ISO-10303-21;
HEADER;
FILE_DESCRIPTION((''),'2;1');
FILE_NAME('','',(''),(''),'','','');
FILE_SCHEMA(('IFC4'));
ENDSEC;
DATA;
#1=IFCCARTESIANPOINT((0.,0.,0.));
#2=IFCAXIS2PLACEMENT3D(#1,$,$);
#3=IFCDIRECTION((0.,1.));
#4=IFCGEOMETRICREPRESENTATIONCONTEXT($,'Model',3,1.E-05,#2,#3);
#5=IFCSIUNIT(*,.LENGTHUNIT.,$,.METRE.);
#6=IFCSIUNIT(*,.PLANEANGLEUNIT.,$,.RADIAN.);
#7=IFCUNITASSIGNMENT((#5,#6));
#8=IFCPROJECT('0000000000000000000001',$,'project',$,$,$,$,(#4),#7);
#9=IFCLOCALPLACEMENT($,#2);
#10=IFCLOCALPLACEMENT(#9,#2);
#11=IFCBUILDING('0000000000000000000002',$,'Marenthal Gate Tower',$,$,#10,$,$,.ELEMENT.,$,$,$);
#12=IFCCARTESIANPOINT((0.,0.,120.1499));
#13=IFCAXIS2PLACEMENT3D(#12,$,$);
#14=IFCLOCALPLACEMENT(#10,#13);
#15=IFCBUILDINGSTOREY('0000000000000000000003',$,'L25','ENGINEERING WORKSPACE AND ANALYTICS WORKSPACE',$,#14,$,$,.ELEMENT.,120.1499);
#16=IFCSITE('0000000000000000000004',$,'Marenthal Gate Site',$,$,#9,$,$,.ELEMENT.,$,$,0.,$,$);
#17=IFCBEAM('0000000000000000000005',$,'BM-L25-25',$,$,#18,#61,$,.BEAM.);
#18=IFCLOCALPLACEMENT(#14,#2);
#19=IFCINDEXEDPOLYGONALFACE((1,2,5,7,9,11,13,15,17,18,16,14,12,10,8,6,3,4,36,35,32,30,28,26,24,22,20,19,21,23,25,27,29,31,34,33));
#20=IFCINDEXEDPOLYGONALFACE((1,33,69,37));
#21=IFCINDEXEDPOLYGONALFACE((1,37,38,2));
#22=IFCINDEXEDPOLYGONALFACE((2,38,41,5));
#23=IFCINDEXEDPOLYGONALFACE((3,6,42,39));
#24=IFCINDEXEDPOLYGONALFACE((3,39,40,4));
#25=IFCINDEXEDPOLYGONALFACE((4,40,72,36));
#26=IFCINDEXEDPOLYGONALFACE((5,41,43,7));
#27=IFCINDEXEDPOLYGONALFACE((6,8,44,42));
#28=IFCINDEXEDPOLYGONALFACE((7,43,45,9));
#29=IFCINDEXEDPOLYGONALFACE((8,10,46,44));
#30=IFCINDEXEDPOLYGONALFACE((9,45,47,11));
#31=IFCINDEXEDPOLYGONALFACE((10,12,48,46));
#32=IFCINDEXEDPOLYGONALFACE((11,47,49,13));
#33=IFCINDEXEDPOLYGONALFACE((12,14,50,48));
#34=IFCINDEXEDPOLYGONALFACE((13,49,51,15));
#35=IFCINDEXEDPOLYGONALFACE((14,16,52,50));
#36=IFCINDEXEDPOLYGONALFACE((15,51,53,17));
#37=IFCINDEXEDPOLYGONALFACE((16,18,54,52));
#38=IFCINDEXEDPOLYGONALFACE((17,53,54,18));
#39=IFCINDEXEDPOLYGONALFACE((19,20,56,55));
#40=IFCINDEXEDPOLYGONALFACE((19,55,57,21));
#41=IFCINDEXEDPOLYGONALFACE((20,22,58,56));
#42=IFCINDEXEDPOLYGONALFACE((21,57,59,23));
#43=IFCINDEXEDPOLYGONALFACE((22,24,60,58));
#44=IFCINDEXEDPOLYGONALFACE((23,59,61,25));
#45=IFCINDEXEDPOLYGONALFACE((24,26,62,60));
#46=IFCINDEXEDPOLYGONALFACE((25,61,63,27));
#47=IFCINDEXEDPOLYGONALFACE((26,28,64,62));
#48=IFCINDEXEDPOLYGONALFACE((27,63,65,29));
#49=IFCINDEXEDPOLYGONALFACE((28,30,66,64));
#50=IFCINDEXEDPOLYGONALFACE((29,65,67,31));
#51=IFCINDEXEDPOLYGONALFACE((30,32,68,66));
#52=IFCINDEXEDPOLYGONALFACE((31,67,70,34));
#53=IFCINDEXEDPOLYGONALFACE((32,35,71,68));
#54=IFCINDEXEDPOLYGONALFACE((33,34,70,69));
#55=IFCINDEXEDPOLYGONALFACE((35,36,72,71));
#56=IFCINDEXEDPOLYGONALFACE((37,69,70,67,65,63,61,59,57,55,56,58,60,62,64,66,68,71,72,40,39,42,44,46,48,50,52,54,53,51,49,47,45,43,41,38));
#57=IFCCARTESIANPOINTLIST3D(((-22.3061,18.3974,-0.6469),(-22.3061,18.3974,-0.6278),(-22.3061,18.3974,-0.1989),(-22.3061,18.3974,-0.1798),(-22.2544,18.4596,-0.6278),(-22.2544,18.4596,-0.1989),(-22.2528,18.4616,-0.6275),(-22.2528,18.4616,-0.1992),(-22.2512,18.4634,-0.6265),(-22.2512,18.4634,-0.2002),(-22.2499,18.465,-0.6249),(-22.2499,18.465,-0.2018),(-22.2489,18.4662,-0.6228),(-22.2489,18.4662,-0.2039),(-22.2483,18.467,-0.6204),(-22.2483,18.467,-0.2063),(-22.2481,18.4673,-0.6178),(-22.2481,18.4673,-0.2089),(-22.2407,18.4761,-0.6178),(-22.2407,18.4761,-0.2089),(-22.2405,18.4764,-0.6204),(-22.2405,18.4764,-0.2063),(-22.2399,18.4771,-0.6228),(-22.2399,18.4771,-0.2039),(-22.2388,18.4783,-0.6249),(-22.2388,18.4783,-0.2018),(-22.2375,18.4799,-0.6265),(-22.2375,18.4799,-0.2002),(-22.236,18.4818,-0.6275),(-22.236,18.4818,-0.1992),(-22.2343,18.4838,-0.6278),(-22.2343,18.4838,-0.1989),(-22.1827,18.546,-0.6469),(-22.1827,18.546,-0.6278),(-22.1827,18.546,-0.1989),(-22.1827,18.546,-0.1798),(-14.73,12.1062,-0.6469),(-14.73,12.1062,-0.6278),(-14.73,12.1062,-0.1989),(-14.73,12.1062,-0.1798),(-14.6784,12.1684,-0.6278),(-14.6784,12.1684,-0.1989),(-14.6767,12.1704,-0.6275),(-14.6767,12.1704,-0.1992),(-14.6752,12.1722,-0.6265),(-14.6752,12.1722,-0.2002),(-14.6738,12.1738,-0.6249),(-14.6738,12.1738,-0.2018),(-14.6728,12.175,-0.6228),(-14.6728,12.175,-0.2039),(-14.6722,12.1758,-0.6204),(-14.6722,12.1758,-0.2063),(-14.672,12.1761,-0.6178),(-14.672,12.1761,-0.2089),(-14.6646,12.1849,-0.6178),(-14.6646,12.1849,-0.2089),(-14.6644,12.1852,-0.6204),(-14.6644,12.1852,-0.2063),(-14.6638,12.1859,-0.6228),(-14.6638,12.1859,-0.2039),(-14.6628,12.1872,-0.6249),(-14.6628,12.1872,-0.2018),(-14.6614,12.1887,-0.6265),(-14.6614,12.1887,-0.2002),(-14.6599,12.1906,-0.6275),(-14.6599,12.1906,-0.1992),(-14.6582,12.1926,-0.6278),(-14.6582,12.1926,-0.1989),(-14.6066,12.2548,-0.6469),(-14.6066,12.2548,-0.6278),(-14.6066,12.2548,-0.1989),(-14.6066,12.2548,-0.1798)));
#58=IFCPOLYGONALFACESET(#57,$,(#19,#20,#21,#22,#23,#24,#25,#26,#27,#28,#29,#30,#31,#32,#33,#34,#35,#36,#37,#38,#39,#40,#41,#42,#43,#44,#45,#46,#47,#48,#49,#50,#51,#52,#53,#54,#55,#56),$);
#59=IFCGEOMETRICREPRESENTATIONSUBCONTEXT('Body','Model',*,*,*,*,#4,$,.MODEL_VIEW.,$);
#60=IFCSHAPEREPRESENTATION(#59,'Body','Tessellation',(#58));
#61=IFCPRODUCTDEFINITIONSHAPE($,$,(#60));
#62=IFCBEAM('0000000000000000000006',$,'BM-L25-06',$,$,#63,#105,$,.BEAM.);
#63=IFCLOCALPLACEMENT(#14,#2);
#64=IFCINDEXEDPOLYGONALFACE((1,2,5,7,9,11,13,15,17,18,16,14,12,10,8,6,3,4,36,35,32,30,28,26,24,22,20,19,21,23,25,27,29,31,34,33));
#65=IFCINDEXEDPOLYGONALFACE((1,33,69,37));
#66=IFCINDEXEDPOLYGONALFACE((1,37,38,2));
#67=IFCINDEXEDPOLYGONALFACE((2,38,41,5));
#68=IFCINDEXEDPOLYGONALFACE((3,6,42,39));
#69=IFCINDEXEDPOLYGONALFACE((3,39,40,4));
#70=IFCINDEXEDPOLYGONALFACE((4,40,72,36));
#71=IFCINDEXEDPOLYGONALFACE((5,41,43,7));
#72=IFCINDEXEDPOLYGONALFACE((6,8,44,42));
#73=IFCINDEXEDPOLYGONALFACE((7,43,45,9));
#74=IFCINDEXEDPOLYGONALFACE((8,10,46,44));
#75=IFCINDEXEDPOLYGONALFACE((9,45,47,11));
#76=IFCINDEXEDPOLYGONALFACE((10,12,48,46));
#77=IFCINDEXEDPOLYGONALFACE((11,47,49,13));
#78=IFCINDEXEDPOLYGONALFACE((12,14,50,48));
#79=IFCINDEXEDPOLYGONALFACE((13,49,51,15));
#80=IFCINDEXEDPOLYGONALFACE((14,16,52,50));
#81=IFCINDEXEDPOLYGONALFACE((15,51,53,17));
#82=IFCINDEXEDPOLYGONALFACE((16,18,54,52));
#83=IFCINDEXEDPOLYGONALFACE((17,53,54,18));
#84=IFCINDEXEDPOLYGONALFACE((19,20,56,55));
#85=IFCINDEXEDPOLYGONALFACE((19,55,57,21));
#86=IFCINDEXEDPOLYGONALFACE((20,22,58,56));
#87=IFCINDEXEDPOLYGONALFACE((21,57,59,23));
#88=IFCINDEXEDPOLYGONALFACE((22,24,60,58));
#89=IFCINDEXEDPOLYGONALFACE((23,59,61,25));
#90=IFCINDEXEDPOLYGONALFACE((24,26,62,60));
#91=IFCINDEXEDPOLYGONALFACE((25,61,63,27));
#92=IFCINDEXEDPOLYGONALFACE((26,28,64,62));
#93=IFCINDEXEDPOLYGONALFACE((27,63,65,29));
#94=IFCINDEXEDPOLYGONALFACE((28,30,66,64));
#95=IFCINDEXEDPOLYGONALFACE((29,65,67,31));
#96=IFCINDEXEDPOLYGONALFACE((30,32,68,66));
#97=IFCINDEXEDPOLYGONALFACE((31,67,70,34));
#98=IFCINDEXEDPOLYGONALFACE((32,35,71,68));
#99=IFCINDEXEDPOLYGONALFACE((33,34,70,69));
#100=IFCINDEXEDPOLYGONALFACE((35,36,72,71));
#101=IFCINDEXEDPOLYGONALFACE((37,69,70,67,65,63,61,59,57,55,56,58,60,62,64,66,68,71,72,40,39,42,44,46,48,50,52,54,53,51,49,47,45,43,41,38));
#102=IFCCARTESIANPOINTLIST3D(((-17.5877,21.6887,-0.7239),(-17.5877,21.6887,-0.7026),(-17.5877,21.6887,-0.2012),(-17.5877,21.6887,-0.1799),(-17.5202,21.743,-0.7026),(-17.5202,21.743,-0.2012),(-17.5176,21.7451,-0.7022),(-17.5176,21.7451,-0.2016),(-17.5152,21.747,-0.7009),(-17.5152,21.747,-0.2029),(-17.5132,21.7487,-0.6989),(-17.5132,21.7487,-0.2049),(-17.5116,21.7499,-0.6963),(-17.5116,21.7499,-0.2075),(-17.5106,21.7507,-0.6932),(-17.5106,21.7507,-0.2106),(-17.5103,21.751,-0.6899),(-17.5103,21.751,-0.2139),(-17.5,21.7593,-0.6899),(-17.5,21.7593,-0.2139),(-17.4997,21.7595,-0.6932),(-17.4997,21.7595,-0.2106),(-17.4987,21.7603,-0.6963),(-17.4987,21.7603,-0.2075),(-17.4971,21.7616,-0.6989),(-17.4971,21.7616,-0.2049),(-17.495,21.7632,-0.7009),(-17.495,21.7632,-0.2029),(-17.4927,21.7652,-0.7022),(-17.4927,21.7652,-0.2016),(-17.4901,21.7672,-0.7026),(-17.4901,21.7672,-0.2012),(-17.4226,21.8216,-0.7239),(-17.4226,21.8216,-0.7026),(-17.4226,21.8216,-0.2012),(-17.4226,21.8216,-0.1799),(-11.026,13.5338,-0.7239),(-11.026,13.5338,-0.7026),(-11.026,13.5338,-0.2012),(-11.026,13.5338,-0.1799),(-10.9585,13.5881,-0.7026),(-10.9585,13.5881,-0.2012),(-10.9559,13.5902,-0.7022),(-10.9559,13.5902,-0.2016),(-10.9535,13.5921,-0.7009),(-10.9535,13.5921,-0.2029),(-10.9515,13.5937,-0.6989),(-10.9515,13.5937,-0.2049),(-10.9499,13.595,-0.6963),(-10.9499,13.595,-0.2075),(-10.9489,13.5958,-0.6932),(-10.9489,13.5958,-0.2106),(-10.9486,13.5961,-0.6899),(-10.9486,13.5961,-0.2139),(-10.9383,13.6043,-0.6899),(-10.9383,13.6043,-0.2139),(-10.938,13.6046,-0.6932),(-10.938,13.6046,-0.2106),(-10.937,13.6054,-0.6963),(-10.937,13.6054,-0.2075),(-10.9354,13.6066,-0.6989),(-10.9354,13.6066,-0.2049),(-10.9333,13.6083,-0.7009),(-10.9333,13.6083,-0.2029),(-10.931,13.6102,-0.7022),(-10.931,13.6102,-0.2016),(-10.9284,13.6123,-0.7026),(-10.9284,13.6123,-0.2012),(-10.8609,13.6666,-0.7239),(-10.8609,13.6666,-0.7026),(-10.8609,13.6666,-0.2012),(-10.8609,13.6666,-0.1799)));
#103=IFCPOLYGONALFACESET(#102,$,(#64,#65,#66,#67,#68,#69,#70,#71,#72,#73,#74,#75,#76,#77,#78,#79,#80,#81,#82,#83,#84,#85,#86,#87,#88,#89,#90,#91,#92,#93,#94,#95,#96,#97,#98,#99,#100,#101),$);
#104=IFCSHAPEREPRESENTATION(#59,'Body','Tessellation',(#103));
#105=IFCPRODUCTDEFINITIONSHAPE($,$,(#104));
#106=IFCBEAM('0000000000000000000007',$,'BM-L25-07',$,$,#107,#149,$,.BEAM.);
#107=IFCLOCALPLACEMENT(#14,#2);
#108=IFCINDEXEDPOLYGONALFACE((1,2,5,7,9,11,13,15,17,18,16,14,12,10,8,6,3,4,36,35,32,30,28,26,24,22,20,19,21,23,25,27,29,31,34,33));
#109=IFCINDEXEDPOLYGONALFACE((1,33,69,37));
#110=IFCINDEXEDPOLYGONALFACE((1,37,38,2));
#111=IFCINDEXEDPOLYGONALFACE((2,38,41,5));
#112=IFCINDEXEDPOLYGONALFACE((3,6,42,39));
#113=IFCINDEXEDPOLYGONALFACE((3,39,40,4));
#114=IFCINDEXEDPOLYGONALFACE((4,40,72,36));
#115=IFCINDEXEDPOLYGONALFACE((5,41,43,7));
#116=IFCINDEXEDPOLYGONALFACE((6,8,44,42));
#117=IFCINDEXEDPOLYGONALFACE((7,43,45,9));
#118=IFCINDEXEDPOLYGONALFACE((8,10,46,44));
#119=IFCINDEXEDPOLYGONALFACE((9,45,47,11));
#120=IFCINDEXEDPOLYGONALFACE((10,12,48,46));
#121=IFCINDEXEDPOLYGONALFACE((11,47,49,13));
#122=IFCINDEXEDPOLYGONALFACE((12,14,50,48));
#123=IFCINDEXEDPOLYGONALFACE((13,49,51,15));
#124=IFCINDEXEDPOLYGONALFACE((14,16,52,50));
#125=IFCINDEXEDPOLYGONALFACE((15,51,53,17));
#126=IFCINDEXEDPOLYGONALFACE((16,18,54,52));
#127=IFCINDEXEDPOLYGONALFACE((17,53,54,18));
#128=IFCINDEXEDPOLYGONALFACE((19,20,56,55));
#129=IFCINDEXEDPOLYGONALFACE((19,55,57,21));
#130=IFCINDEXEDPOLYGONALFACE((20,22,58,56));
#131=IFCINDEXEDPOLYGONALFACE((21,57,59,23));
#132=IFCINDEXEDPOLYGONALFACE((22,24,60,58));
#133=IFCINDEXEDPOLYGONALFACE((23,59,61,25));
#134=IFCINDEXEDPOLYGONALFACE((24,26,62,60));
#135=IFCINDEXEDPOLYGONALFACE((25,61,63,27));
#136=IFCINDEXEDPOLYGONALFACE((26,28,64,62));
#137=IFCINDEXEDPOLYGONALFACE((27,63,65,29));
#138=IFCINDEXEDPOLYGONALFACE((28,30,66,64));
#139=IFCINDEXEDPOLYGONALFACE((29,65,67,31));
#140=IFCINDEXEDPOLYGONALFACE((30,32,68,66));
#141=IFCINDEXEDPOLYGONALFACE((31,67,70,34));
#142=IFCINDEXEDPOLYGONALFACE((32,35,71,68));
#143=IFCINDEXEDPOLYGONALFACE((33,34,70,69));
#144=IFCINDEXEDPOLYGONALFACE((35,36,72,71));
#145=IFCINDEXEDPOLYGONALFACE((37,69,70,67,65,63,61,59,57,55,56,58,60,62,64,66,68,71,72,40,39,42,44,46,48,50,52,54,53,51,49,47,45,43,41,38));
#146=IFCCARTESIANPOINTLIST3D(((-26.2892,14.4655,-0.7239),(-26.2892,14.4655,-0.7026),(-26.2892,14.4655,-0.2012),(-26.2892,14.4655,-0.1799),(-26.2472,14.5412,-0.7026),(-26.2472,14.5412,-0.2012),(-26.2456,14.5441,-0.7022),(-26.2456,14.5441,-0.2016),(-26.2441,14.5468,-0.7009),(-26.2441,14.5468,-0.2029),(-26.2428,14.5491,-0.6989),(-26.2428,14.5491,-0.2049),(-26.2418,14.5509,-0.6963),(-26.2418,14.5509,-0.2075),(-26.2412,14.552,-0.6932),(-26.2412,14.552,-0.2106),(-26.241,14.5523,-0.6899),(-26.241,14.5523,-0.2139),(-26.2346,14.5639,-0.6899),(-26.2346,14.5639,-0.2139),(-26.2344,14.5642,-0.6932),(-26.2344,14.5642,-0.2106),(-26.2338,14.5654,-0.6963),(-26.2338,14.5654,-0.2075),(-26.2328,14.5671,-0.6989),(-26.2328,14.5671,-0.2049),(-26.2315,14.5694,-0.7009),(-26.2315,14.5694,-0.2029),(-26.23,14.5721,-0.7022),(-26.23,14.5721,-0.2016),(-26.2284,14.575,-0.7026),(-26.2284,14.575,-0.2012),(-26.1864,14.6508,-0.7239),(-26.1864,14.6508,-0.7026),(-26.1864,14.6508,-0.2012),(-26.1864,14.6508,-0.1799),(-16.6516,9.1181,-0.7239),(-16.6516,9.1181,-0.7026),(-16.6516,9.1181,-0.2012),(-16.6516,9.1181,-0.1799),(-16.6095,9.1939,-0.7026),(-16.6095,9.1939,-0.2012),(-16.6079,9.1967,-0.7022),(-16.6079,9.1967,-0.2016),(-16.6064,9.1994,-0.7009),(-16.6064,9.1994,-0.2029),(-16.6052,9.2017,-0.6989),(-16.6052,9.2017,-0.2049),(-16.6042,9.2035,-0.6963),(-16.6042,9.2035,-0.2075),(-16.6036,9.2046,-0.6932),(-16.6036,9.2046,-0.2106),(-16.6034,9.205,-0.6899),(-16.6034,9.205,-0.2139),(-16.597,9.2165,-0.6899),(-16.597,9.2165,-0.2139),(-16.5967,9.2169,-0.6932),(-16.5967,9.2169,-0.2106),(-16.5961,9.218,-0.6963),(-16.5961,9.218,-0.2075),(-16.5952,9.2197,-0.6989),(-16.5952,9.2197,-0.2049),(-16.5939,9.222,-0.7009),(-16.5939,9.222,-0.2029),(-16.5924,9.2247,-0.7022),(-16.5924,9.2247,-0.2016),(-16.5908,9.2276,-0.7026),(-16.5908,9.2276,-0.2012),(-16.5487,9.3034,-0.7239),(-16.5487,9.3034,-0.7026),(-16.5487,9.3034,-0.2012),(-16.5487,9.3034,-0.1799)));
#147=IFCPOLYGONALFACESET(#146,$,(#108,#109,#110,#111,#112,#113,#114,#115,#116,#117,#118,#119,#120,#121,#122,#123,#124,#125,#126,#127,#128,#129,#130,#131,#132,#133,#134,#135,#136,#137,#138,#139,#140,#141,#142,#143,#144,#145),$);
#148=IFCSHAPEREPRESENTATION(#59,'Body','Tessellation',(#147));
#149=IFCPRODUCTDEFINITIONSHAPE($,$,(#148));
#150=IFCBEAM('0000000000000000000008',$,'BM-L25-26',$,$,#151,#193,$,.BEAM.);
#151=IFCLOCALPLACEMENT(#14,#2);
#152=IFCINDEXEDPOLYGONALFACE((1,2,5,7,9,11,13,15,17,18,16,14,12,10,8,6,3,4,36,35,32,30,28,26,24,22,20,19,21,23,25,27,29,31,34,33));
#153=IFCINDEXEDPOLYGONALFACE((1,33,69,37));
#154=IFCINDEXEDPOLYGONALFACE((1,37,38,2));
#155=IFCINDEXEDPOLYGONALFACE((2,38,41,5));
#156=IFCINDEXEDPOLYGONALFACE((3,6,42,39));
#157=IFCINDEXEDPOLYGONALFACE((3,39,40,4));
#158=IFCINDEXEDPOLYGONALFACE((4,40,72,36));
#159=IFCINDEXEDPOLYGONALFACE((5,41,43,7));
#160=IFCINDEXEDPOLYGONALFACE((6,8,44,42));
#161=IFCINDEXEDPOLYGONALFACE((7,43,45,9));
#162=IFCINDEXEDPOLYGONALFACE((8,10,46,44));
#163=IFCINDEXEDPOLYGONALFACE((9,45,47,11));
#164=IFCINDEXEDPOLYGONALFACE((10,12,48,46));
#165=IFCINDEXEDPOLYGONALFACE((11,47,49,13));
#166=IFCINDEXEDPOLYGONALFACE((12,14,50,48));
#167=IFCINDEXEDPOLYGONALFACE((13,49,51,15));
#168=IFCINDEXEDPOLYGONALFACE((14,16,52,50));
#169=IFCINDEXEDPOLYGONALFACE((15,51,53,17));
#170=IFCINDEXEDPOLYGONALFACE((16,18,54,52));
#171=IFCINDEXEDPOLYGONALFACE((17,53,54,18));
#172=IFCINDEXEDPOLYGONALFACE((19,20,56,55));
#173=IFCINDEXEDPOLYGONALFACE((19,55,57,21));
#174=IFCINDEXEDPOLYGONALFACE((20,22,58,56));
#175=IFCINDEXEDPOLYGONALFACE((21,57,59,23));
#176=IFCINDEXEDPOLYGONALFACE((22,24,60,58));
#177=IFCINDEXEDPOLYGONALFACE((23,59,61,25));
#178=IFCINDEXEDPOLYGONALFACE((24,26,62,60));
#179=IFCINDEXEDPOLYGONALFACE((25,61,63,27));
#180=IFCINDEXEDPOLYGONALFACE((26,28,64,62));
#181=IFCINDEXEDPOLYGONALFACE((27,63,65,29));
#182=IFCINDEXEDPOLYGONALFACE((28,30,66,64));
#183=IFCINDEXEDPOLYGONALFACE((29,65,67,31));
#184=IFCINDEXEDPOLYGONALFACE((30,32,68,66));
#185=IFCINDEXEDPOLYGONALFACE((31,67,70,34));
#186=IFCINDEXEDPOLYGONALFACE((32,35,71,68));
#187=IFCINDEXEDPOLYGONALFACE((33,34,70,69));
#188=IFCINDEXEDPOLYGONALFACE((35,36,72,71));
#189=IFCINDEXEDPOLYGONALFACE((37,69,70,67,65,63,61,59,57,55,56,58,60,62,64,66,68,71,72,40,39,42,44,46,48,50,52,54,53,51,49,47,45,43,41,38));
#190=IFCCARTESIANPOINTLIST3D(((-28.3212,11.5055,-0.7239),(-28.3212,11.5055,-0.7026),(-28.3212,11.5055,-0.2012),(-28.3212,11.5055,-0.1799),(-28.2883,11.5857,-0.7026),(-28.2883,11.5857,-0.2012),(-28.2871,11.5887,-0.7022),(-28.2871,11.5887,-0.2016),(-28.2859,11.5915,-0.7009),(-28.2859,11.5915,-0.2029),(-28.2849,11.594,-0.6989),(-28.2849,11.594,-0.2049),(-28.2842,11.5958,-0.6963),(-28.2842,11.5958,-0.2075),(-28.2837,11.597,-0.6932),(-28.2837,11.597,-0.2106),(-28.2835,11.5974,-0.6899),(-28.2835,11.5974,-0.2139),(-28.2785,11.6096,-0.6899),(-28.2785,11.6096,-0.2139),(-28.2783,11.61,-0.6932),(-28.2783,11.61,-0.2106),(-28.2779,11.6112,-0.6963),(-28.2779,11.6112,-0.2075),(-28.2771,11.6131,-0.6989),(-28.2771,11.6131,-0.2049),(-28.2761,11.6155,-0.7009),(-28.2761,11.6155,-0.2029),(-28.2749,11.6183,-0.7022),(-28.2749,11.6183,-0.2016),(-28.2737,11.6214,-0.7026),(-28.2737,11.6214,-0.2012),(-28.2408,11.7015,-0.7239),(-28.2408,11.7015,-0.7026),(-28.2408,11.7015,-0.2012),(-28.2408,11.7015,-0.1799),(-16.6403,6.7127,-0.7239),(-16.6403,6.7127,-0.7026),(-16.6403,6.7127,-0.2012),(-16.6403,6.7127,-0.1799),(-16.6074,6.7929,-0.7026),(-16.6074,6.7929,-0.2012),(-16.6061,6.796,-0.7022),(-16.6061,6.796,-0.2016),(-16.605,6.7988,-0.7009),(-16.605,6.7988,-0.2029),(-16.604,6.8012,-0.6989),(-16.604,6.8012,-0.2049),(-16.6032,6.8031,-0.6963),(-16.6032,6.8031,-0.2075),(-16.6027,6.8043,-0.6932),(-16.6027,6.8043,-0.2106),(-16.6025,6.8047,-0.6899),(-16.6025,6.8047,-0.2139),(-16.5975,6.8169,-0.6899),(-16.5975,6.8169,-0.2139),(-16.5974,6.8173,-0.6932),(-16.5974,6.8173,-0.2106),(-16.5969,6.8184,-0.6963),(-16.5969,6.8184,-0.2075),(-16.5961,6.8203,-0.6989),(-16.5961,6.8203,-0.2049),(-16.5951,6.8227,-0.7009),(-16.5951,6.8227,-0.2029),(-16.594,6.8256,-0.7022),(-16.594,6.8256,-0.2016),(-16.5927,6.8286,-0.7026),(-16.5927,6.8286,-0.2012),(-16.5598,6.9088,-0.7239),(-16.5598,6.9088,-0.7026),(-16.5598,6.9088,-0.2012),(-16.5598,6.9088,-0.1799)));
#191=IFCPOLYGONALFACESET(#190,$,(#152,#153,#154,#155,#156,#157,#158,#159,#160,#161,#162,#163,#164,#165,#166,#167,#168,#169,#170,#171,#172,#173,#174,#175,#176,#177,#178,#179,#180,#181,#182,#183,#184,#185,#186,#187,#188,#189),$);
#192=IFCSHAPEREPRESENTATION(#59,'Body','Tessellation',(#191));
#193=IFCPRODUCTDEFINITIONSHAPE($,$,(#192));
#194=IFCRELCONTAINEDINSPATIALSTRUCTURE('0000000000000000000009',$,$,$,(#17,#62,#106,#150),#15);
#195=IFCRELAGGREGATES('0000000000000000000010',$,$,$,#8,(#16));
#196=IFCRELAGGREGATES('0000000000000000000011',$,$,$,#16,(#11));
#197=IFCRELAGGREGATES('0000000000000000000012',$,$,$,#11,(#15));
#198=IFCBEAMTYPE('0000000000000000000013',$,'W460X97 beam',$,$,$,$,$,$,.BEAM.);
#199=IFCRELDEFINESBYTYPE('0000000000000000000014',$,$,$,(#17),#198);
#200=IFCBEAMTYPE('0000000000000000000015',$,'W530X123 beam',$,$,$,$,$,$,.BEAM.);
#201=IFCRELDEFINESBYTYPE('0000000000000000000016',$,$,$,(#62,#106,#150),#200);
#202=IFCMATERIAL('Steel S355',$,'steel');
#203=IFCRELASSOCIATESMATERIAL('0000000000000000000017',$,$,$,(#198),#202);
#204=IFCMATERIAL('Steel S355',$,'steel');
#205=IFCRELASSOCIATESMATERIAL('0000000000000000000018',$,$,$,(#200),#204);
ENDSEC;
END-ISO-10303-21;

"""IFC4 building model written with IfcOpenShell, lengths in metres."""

from ifc_helpers import new_model, si_unit, direction, frame, origin, origin_2d, place, context, subcontext, project, spatial, i_section, extrude, material, material_profile, profile_set, type_object, element, save


model = new_model("IFC4")

# Units and contexts
model_context = context("Model", 3, precision=1e-05, world=origin(), true_north=direction((0.0, 1.0)))
body_context = subcontext(model_context, "Body", "Model", "MODEL_VIEW")
ifc_project = project(units=[si_unit("LENGTHUNIT", "METRE"), si_unit("PLANEANGLEUNIT", "RADIAN")], contexts=[model_context])

# Site, building, storey
site_placement = place(None, origin())
site = spatial("IfcSite", under=ifc_project, at=site_placement, Name="Marenthal Gate Site", CompositionType="ELEMENT", RefElevation=0.0)
building_placement = place(site_placement, origin())
building = spatial("IfcBuilding", under=site, at=building_placement, Name="Marenthal Gate Tower", CompositionType="ELEMENT")
storey_placement = place(building_placement, frame((0.0, 0.0, 120.1499)))
storey = spatial("IfcBuildingStorey", under=building, at=storey_placement, Name="L25", Description="ENGINEERING WORKSPACE AND ANALYTICS WORKSPACE", CompositionType="ELEMENT", Elevation=120.1499)

# Beams
ifc_material_1 = material(Name="Steel S355", Category="steel")
ifc_material_profile_1 = material_profile(ifc_material_1, i_section(OverallWidth=0.1931, OverallDepth=0.467, WebThickness=0.0115, FlangeThickness=0.019, FilletRadius=0.01, at=origin_2d()), Name="W460X97")
ifc_profile_set_1 = profile_set([ifc_material_profile_1], Name="Steel S355")
beam_type_1 = type_object("IfcBeamType", Name="W460X97 beam", PredefinedType="BEAM", material=ifc_profile_set_1)
beam_1_placement = place(storey_placement, frame((-22.2444, 18.4717, -0.4133), z_axis=(0.76933, -0.638852, 0.0), x_axis=(0.638852, 0.76933, 0.0)))
element("IfcBeam", 1, at=beam_1_placement, inside=storey, type_object=beam_type_1, Name="BM-L25-25", PredefinedType="BEAM", context=body_context, shape_type="SweptSolid", body=[
    extrude(i_section(OverallWidth=0.1931, OverallDepth=0.467, WebThickness=0.0115, FlangeThickness=0.019, FilletRadius=0.01, at=origin_2d()), origin(), (0.0, 0.0, 1.0), 9.8477),
])
ifc_material_2 = material(Name="Steel S355", Category="steel")
ifc_material_profile_2 = material_profile(ifc_material_2, i_section(OverallWidth=0.2119, OverallDepth=0.5439, WebThickness=0.0132, FlangeThickness=0.0212, FilletRadius=0.0127, at=origin_2d()), Name="W530X123")
ifc_profile_set_2 = profile_set([ifc_material_profile_2], Name="Steel S355")
beam_type_2 = type_object("IfcBeamType", Name="W530X123 beam", PredefinedType="BEAM", material=ifc_profile_set_2)
beam_2_placement = place(storey_placement, frame((-17.5051, 21.7551, -0.4519), z_axis=(0.626891, -0.779107, 0.0), x_axis=(0.779107, 0.626891, 0.0)))
element("IfcBeam", 2, at=beam_2_placement, inside=storey, type_object=beam_type_2, Name="BM-L25-06", PredefinedType="BEAM", context=body_context, shape_type="SweptSolid", body=[
    extrude(i_section(OverallWidth=0.2119, OverallDepth=0.5439, WebThickness=0.0132, FlangeThickness=0.0212, FilletRadius=0.0127, at=origin_2d()), origin(), (0.0, 0.0, 1.0), 10.467),
])
beam_3_placement = place(storey_placement, frame((-26.2378, 14.5581, -0.4519), z_axis=(0.874421, -0.485167, 0.0), x_axis=(0.485167, 0.874421, 0.0)))
element("IfcBeam", 3, at=beam_3_placement, inside=storey, type_object=beam_type_2, Name="BM-L25-07", PredefinedType="BEAM", context=body_context, shape_type="SweptSolid", body=[
    extrude(i_section(OverallWidth=0.2119, OverallDepth=0.5439, WebThickness=0.0132, FlangeThickness=0.0212, FilletRadius=0.0127, at=origin_2d()), origin(), (0.0, 0.0, 1.0), 11.0217),
])
beam_4_placement = place(storey_placement, frame((-28.281, 11.6035, -0.4519), z_axis=(0.925153, -0.379594, 0.0), x_axis=(0.379594, 0.925153, 0.0)))
element("IfcBeam", 4, at=beam_4_placement, inside=storey, type_object=beam_type_2, Name="BM-L25-26", PredefinedType="BEAM", context=body_context, shape_type="SweptSolid", body=[
    extrude(i_section(OverallWidth=0.2119, OverallDepth=0.5439, WebThickness=0.0132, FlangeThickness=0.0212, FilletRadius=0.0127, at=origin_2d()), origin(), (0.0, 0.0, 1.0), 12.626),
])

save(model, "model.ifc")
